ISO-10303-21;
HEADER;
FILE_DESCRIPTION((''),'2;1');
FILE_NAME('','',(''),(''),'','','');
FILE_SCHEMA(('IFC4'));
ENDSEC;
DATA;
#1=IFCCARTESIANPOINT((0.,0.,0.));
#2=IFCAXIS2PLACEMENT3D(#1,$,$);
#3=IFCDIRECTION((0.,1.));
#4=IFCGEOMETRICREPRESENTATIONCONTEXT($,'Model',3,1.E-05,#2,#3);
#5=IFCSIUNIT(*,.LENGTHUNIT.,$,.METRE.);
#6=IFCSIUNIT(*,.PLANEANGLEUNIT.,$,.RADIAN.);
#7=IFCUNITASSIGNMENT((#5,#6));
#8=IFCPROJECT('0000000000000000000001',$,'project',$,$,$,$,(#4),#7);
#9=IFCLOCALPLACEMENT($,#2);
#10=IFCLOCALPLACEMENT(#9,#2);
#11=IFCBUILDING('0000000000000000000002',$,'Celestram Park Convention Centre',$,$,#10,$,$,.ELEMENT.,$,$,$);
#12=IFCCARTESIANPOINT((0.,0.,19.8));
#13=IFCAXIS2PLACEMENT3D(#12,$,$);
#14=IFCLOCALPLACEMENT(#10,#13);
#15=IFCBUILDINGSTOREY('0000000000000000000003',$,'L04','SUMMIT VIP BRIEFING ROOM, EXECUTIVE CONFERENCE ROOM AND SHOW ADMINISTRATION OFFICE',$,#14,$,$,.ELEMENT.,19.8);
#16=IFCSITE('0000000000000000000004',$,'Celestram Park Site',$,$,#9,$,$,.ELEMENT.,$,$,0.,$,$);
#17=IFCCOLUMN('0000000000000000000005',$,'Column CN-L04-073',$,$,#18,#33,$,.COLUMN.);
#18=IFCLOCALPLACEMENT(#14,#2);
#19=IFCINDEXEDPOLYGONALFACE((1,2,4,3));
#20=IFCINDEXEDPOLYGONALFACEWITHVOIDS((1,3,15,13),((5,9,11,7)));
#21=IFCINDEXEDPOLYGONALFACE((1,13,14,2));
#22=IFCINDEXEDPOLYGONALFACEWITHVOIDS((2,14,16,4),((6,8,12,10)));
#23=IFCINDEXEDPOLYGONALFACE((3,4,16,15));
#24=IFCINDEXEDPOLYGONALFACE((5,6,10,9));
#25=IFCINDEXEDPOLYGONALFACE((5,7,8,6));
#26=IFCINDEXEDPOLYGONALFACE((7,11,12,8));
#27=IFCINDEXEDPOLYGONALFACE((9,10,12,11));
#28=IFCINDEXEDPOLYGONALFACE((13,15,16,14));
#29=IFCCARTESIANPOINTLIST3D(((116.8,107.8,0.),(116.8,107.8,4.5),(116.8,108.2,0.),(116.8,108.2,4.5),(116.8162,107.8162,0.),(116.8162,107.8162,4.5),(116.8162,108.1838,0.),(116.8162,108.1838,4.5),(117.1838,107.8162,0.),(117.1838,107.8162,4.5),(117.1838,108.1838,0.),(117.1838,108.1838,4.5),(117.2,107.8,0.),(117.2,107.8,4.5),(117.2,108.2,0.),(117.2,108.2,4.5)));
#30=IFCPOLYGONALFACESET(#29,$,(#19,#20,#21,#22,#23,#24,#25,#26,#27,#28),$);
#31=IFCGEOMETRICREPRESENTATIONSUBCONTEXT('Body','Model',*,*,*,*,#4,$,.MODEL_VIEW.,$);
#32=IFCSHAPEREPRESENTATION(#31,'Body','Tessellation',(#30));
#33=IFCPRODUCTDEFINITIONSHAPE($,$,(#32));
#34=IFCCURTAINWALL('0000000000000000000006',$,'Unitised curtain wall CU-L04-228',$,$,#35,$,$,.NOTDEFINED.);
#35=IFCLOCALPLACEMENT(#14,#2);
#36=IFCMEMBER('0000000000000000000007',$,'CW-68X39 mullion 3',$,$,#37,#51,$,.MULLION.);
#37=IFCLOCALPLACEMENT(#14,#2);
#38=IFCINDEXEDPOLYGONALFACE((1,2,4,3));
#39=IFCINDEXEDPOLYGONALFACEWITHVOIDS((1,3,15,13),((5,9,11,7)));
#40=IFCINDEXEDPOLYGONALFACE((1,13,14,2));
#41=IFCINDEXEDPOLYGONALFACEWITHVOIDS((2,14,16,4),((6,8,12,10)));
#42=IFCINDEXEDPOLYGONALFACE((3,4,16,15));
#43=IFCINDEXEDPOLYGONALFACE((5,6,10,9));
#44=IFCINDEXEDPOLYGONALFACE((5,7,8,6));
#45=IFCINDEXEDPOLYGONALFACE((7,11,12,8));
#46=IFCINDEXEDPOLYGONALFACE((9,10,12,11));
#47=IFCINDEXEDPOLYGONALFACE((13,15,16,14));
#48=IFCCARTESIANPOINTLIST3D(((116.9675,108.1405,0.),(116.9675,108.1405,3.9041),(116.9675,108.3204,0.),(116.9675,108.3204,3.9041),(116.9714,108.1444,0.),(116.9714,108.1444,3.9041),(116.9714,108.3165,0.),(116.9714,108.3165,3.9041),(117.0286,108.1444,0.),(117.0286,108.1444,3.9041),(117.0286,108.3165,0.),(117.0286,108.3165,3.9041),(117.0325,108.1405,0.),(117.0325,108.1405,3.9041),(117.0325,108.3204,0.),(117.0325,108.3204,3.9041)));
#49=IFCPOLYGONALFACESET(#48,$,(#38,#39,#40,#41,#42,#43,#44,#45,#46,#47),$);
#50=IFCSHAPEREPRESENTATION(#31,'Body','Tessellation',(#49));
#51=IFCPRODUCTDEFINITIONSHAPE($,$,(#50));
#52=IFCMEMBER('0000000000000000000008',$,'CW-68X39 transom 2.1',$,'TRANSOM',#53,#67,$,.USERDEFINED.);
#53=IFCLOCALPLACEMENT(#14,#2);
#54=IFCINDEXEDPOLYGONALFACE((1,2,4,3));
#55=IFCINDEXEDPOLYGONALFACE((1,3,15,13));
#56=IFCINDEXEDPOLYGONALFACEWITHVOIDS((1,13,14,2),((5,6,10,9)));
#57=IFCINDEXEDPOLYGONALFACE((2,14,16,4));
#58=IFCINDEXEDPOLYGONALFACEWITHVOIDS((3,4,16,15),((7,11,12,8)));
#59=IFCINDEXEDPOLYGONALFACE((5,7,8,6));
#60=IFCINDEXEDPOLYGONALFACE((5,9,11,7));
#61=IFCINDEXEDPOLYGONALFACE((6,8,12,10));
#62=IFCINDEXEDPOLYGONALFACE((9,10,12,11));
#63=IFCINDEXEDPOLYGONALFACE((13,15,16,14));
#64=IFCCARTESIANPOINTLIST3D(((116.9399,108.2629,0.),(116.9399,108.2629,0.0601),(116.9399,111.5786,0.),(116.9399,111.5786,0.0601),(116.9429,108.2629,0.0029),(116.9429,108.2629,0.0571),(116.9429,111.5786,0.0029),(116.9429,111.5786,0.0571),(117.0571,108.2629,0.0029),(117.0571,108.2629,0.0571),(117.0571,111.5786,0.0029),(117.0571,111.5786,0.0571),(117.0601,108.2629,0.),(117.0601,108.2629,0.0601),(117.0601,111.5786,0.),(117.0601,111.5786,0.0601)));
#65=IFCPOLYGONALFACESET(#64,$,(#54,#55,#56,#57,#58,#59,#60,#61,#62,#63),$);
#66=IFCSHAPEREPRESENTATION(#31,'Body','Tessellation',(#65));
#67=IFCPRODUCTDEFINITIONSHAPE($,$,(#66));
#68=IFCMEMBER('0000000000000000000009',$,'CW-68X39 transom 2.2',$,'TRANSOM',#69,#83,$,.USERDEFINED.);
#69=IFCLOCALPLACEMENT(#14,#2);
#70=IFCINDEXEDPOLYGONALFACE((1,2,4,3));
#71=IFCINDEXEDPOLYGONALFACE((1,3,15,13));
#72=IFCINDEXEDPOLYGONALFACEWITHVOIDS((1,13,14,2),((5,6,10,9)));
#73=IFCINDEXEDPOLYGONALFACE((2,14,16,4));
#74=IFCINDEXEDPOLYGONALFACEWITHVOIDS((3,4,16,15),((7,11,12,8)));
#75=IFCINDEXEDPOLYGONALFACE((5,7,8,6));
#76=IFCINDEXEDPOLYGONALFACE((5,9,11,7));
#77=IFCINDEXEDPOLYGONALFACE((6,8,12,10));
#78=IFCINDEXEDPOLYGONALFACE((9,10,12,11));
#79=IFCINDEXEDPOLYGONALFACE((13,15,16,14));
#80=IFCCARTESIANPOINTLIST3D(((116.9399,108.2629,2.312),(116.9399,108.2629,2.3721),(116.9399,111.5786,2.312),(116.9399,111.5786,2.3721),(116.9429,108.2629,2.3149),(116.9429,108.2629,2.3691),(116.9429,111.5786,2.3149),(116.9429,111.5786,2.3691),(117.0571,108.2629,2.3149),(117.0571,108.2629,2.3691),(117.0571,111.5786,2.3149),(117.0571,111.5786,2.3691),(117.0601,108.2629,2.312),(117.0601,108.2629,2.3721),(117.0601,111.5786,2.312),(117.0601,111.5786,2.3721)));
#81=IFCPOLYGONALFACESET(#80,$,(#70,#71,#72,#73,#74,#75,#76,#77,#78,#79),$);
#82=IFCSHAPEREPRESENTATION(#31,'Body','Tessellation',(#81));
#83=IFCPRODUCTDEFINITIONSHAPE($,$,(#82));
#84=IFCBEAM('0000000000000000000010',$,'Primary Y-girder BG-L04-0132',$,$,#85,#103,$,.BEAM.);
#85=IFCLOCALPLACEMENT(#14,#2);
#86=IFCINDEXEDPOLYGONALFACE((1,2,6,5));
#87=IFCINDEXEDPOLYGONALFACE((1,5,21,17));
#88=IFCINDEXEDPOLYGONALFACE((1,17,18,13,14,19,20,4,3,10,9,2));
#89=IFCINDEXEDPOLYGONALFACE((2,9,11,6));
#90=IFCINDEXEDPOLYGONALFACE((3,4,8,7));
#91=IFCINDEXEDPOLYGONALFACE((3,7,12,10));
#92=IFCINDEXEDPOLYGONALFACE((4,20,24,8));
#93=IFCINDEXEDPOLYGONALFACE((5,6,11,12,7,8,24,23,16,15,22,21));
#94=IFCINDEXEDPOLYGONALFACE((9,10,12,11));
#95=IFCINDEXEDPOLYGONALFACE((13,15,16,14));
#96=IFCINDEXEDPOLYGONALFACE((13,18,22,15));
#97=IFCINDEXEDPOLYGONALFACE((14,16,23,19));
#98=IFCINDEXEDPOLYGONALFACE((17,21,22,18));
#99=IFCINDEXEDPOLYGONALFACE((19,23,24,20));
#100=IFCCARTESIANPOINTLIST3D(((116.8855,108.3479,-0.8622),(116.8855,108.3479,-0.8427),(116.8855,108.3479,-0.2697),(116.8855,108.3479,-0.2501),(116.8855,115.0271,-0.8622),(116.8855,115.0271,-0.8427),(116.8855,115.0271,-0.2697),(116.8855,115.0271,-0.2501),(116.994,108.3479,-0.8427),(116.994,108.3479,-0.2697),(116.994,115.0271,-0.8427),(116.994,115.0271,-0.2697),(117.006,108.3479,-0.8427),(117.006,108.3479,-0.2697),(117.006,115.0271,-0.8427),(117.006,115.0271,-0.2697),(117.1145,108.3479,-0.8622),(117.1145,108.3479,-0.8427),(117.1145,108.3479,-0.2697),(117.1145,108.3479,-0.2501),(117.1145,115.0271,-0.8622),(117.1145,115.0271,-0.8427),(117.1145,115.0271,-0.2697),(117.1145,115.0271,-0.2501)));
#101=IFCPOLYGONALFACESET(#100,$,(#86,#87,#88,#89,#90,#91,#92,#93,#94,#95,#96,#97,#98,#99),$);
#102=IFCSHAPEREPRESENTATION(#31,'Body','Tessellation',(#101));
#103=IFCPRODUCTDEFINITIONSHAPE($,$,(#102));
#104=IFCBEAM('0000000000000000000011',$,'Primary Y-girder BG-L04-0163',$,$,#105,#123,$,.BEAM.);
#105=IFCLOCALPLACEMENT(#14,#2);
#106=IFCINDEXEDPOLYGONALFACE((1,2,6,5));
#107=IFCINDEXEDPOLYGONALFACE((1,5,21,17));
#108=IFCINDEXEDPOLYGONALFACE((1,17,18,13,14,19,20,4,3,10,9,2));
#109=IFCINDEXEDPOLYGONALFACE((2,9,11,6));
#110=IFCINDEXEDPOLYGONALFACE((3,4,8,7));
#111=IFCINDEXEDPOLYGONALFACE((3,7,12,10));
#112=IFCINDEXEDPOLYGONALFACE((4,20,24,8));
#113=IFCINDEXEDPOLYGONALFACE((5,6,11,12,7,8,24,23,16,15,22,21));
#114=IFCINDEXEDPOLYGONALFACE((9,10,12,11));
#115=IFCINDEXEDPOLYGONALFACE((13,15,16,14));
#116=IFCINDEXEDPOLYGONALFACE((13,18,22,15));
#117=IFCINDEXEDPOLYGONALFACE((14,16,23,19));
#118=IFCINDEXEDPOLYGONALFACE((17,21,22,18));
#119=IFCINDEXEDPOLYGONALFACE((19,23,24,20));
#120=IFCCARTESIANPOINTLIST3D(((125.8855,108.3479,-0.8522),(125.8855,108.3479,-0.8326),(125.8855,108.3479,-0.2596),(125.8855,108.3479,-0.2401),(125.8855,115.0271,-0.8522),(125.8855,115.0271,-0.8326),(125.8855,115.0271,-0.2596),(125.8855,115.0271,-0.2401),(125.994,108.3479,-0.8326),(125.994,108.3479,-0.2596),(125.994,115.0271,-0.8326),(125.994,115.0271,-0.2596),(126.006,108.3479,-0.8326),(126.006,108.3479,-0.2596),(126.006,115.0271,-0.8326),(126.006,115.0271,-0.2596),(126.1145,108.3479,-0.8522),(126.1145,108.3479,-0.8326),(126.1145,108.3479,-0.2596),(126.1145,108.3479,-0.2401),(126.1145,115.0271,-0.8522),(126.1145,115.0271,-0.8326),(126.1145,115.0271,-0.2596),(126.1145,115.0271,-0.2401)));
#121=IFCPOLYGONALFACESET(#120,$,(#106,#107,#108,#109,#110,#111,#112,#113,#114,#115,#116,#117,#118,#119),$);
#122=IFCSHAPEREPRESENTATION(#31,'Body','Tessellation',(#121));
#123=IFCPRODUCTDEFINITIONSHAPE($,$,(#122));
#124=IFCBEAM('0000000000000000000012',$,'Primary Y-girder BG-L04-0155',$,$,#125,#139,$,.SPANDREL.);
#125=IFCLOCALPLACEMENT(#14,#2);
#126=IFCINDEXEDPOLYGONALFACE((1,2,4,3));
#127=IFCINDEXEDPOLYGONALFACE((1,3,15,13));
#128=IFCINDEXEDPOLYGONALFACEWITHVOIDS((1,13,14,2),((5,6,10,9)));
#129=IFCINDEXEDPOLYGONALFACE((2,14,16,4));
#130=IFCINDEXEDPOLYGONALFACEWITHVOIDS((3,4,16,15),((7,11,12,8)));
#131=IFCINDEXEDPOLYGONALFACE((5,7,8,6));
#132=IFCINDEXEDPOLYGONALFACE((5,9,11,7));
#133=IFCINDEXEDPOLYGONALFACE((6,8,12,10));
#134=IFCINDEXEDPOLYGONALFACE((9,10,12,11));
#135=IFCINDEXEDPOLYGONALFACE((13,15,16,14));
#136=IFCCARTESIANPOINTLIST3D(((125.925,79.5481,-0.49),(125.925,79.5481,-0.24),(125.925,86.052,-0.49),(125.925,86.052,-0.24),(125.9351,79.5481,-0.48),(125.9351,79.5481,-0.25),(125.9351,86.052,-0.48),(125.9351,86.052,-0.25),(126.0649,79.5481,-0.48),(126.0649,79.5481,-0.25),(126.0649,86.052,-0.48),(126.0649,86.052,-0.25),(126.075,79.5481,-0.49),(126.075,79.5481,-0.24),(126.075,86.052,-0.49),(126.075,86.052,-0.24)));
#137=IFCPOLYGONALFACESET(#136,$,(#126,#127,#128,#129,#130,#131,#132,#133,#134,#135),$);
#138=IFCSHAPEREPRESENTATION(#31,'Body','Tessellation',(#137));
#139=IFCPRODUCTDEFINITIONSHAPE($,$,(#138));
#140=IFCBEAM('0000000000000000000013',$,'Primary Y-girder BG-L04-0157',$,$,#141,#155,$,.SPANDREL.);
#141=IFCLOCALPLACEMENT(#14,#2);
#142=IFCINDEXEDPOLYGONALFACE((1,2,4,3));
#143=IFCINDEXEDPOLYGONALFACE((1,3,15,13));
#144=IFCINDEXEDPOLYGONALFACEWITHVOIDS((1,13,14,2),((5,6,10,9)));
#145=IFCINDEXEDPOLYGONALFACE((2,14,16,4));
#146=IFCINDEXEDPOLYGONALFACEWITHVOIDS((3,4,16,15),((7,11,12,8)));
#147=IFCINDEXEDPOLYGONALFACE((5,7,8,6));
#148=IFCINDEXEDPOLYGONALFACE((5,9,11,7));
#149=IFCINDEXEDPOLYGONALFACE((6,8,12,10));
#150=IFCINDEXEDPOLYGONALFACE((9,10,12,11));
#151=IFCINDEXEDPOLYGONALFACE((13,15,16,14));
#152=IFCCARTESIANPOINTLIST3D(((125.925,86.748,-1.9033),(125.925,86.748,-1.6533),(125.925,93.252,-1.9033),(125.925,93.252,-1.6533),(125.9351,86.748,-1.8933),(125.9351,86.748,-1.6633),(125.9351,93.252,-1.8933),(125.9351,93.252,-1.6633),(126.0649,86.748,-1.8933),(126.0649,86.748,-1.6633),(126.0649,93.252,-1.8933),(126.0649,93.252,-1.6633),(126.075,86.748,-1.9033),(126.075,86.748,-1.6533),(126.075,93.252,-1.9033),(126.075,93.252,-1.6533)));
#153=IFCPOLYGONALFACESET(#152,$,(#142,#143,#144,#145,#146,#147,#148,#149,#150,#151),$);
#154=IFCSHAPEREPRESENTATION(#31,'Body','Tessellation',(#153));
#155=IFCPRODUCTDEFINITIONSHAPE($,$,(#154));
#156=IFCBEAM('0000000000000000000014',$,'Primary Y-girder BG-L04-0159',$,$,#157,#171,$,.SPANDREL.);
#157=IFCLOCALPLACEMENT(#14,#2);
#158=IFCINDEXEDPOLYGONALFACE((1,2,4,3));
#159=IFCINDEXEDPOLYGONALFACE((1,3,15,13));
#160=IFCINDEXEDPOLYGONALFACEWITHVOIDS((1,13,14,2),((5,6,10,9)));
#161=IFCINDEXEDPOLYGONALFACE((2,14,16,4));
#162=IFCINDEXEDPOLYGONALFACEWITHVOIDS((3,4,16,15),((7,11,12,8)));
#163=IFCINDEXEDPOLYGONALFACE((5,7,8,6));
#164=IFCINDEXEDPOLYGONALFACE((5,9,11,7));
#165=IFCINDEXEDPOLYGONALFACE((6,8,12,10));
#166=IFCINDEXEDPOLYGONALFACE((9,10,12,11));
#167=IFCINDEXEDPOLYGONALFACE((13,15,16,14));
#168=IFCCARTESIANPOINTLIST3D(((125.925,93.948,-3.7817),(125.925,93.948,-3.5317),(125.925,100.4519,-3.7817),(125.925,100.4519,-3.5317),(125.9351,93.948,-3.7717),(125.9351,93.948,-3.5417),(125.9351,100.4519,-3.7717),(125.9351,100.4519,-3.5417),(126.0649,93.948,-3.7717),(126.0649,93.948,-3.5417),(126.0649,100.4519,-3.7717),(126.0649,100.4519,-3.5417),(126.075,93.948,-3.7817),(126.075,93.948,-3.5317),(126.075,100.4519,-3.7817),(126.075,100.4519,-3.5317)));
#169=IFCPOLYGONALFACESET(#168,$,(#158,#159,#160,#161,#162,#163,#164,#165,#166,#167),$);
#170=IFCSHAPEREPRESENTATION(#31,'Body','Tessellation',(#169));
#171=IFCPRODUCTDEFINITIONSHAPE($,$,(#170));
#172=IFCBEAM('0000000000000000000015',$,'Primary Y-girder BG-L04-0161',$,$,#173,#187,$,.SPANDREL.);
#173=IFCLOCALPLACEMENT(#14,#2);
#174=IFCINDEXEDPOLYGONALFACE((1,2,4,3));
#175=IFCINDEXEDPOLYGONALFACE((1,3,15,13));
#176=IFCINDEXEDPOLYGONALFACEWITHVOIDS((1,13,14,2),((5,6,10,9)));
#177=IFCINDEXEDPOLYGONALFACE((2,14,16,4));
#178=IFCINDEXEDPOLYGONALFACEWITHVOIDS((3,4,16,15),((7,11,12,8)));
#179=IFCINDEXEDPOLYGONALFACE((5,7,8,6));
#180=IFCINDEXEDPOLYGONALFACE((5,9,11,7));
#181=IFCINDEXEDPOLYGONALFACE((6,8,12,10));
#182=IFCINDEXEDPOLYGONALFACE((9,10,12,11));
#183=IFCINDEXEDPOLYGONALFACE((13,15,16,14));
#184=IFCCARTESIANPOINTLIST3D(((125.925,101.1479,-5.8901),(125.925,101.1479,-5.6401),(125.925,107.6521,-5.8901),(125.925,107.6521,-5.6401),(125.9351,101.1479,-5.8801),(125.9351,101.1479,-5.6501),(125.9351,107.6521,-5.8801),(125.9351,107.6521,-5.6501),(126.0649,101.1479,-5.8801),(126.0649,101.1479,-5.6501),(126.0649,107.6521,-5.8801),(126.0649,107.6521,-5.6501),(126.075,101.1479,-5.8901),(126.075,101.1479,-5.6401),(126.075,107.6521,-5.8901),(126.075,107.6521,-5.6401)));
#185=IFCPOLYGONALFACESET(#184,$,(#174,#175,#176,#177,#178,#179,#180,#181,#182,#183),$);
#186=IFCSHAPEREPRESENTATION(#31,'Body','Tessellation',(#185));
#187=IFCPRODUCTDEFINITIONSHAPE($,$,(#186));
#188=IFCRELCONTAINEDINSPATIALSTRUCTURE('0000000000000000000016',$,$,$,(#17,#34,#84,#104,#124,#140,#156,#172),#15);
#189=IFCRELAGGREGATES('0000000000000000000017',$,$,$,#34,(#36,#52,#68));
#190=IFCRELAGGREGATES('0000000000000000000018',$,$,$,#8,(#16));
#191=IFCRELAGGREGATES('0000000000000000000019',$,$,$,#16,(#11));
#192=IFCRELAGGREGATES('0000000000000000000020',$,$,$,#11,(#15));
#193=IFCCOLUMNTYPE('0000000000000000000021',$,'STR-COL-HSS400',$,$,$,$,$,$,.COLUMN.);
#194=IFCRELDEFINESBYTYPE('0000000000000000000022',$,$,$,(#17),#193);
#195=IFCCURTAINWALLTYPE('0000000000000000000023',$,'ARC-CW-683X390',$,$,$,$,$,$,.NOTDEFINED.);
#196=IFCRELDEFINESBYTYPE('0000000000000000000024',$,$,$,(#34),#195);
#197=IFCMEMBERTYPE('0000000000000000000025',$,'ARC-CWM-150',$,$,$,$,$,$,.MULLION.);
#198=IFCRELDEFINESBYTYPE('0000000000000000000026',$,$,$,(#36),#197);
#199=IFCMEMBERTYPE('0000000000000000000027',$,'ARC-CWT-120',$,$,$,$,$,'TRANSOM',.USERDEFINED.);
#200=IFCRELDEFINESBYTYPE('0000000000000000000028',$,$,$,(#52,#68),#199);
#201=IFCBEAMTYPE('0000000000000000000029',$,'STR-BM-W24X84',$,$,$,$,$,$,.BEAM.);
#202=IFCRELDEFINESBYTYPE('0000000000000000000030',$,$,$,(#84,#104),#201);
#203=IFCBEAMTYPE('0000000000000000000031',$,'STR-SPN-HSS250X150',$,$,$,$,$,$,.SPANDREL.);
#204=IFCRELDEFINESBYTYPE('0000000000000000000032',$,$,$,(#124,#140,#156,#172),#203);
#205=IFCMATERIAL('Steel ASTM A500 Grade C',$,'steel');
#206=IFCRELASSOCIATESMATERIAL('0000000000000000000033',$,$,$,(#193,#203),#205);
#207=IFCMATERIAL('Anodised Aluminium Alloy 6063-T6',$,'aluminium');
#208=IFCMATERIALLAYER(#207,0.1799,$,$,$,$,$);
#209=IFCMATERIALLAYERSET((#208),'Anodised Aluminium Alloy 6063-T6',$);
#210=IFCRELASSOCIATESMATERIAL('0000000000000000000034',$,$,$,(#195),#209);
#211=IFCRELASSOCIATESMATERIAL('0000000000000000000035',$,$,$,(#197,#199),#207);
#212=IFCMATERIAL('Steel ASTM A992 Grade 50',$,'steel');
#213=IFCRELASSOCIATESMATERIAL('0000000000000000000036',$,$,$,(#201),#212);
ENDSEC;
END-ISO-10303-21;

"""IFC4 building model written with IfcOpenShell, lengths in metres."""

from ifc_helpers import new_model, si_unit, direction, frame, origin, origin_2d, place, context, subcontext, project, spatial, hollow_rectangle, i_section, extrude, material, layer, layer_set, material_profile, profile_set, type_object, element, aggregate, save


model = new_model("IFC4")

# Units and contexts
model_context = context("Model", 3, precision=1e-05, world=origin(), true_north=direction((0.0, 1.0)))
body_context = subcontext(model_context, "Body", "Model", "MODEL_VIEW")
ifc_project = project(units=[si_unit("LENGTHUNIT", "METRE"), si_unit("PLANEANGLEUNIT", "RADIAN")], contexts=[model_context])

# Site, building, storey
site_placement = place(None, origin())
site = spatial("IfcSite", under=ifc_project, at=site_placement, Name="Celestram Park Site", CompositionType="ELEMENT", RefElevation=0.0)
building_placement = place(site_placement, origin())
building = spatial("IfcBuilding", under=site, at=building_placement, Name="Celestram Park Convention Centre", CompositionType="ELEMENT")
storey_placement = place(building_placement, frame((0.0, 0.0, 19.8)))
storey = spatial("IfcBuildingStorey", under=building, at=storey_placement, Name="L04", Description="SUMMIT VIP BRIEFING ROOM, EXECUTIVE CONFERENCE ROOM AND SHOW ADMINISTRATION OFFICE", CompositionType="ELEMENT", Elevation=19.8)

# Column
ifc_material_1 = material(Name="Steel ASTM A500 Grade C", Category="steel")
ifc_material_profile_1 = material_profile(ifc_material_1, hollow_rectangle(XDim=0.3999, YDim=0.3999, WallThickness=0.0161, at=origin_2d()), Name="HSS400X400X16")
ifc_profile_set_1 = profile_set([ifc_material_profile_1], Name="Steel ASTM A500 Grade C")
column_type = type_object("IfcColumnType", Name="STR-COL-HSS400", PredefinedType="COLUMN", material=ifc_profile_set_1)
column_placement = place(storey_placement, frame((117.0, 108.0, 0.0), z_axis=(0.0, 0.0, 1.0), x_axis=(1.0, 0.0, 0.0)))
element("IfcColumn", 1, at=column_placement, inside=storey, type_object=column_type, Name="Column CN-L04-073", PredefinedType="COLUMN", context=body_context, shape_type="SweptSolid", body=[
    extrude(hollow_rectangle(XDim=0.3999, YDim=0.3999, WallThickness=0.0161, at=origin_2d()), origin(), (0.0, 0.0, 1.0), 4.5),
])

# Curtain wall, members
ifc_material_2 = material(Name="Anodised Aluminium Alloy 6063-T6", Category="aluminium")
ifc_layer_1 = layer(ifc_material_2, 0.1799)
ifc_layer_set_1 = layer_set([ifc_layer_1], Name="Anodised Aluminium Alloy 6063-T6")
curtain_wall_type = type_object("IfcCurtainWallType", Name="ARC-CW-683X390", PredefinedType="NOTDEFINED", material=ifc_layer_set_1)
curtain_wall_placement = place(storey_placement, origin())
curtain_wall = element("IfcCurtainWall", 2, at=curtain_wall_placement, inside=storey, type_object=curtain_wall_type, Name="Unitised curtain wall CU-L04-228", PredefinedType="NOTDEFINED")
ifc_material_profile_2 = material_profile(ifc_material_2, hollow_rectangle(XDim=0.0649, YDim=0.1799, WallThickness=0.0039, at=origin_2d()), Name="ALU65X180X4")
ifc_profile_set_2 = profile_set([ifc_material_profile_2], Name="Anodised Aluminium Alloy 6063-T6")
member_type_1 = type_object("IfcMemberType", Name="ARC-CWM-150", PredefinedType="MULLION", material=ifc_profile_set_2)
member_1_placement = place(storey_placement, frame((117.0, 108.2305, 0.0), z_axis=(0.0, 0.0, 1.0), x_axis=(1.0, 0.0, 0.0)))
member_1 = element("IfcMember", 3, at=member_1_placement, type_object=member_type_1, Name="CW-68X39 mullion 3", PredefinedType="MULLION", context=body_context, shape_type="SweptSolid", body=[
    extrude(hollow_rectangle(XDim=0.0649, YDim=0.1799, WallThickness=0.0039, at=origin_2d()), origin(), (0.0, 0.0, 1.0), 3.9041),
])
ifc_material_profile_3 = material_profile(ifc_material_2, hollow_rectangle(XDim=0.1201, YDim=0.0601, WallThickness=0.0029, at=origin_2d()), Name="ALU120X60X3")
ifc_profile_set_3 = profile_set([ifc_material_profile_3], Name="Anodised Aluminium Alloy 6063-T6")
member_type_2 = type_object("IfcMemberType", Name="ARC-CWT-120", ElementType="TRANSOM", PredefinedType="USERDEFINED", material=ifc_profile_set_3)
member_2_placement = place(storey_placement, frame((117.0, 111.5786, 0.03), z_axis=(0.0, -1.0, 0.0), x_axis=(1.0, 0.0, 0.0)))
member_2 = element("IfcMember", 4, at=member_2_placement, type_object=member_type_2, Name="CW-68X39 transom 2.1", ObjectType="TRANSOM", PredefinedType="USERDEFINED", context=body_context, shape_type="SweptSolid", body=[
    extrude(hollow_rectangle(XDim=0.1201, YDim=0.0601, WallThickness=0.0029, at=origin_2d()), origin(), (0.0, 0.0, 1.0), 3.3157),
])
member_3_placement = place(storey_placement, frame((117.0, 111.5786, 2.342), z_axis=(0.0, -1.0, 0.0), x_axis=(1.0, 0.0, 0.0)))
member_3 = element("IfcMember", 5, at=member_3_placement, type_object=member_type_2, Name="CW-68X39 transom 2.2", ObjectType="TRANSOM", PredefinedType="USERDEFINED", context=body_context, shape_type="SweptSolid", body=[
    extrude(hollow_rectangle(XDim=0.1201, YDim=0.0601, WallThickness=0.0029, at=origin_2d()), origin(), (0.0, 0.0, 1.0), 3.3157),
])

# Beams
ifc_material_3 = material(Name="Steel ASTM A992 Grade 50", Category="steel")
ifc_material_profile_4 = material_profile(ifc_material_3, i_section(OverallWidth=0.229, OverallDepth=0.6121, WebThickness=0.012, FlangeThickness=0.0195, at=origin_2d()), Name="W24X84")
ifc_profile_set_4 = profile_set([ifc_material_profile_4], Name="Steel ASTM A992 Grade 50")
beam_type_1 = type_object("IfcBeamType", Name="STR-BM-W24X84", PredefinedType="BEAM", material=ifc_profile_set_4)
for number, where, z_axis, x_axis, name in (
    (6, (117.0, 108.3479, -0.5562), (0.0, 1.0, 0.0), (-1.0, 0.0, 0.0), "Primary Y-girder BG-L04-0132"),
    (7, (126.0, 108.3479, -0.5461), (0.0, 1.0, 0.0), (-1.0, 0.0, 0.0), "Primary Y-girder BG-L04-0163"),
):
    element("IfcBeam", number, at=place(storey_placement, frame(where, z_axis=z_axis, x_axis=x_axis)), inside=storey, type_object=beam_type_1, Name=name, PredefinedType="BEAM", context=body_context, shape_type="SweptSolid", body=[
        extrude(i_section(OverallWidth=0.229, OverallDepth=0.6121, WebThickness=0.012, FlangeThickness=0.0195, at=origin_2d()), origin(), (0.0, 0.0, 1.0), 6.6792),
    ])
ifc_material_profile_5 = material_profile(ifc_material_1, hollow_rectangle(XDim=0.1499, YDim=0.25, WallThickness=0.01, at=origin_2d()), Name="HSS250X150X10")
ifc_profile_set_5 = profile_set([ifc_material_profile_5], Name="Steel ASTM A500 Grade C")
beam_type_2 = type_object("IfcBeamType", Name="STR-SPN-HSS250X150", PredefinedType="SPANDREL", material=ifc_profile_set_5)
for number, where, z_axis, x_axis, name in (
    (8, (126.0, 79.5481, -0.365), (0.0, 1.0, 0.0), (-1.0, 0.0, 0.0), "Primary Y-girder BG-L04-0155"),
    (9, (126.0, 86.748, -1.7783), (0.0, 1.0, 0.0), (-1.0, 0.0, 0.0), "Primary Y-girder BG-L04-0157"),
    (10, (126.0, 93.948, -3.6567), (0.0, 1.0, 0.0), (-1.0, 0.0, 0.0), "Primary Y-girder BG-L04-0159"),
):
    element("IfcBeam", number, at=place(storey_placement, frame(where, z_axis=z_axis, x_axis=x_axis)), inside=storey, type_object=beam_type_2, Name=name, PredefinedType="SPANDREL", context=body_context, shape_type="SweptSolid", body=[
        extrude(hollow_rectangle(XDim=0.1499, YDim=0.25, WallThickness=0.01, at=origin_2d()), origin(), (0.0, 0.0, 1.0), 6.5039),
    ])
beam_placement = place(storey_placement, frame((126.0, 101.1479, -5.7651), z_axis=(0.0, 1.0, 0.0), x_axis=(-1.0, 0.0, 0.0)))
element("IfcBeam", 11, at=beam_placement, inside=storey, type_object=beam_type_2, Name="Primary Y-girder BG-L04-0161", PredefinedType="SPANDREL", context=body_context, shape_type="SweptSolid", body=[
    extrude(hollow_rectangle(XDim=0.1499, YDim=0.25, WallThickness=0.01, at=origin_2d()), origin(), (0.0, 0.0, 1.0), 6.5042),
])

aggregate(curtain_wall, [member_1, member_2, member_3])

save(model, "model.ifc")
